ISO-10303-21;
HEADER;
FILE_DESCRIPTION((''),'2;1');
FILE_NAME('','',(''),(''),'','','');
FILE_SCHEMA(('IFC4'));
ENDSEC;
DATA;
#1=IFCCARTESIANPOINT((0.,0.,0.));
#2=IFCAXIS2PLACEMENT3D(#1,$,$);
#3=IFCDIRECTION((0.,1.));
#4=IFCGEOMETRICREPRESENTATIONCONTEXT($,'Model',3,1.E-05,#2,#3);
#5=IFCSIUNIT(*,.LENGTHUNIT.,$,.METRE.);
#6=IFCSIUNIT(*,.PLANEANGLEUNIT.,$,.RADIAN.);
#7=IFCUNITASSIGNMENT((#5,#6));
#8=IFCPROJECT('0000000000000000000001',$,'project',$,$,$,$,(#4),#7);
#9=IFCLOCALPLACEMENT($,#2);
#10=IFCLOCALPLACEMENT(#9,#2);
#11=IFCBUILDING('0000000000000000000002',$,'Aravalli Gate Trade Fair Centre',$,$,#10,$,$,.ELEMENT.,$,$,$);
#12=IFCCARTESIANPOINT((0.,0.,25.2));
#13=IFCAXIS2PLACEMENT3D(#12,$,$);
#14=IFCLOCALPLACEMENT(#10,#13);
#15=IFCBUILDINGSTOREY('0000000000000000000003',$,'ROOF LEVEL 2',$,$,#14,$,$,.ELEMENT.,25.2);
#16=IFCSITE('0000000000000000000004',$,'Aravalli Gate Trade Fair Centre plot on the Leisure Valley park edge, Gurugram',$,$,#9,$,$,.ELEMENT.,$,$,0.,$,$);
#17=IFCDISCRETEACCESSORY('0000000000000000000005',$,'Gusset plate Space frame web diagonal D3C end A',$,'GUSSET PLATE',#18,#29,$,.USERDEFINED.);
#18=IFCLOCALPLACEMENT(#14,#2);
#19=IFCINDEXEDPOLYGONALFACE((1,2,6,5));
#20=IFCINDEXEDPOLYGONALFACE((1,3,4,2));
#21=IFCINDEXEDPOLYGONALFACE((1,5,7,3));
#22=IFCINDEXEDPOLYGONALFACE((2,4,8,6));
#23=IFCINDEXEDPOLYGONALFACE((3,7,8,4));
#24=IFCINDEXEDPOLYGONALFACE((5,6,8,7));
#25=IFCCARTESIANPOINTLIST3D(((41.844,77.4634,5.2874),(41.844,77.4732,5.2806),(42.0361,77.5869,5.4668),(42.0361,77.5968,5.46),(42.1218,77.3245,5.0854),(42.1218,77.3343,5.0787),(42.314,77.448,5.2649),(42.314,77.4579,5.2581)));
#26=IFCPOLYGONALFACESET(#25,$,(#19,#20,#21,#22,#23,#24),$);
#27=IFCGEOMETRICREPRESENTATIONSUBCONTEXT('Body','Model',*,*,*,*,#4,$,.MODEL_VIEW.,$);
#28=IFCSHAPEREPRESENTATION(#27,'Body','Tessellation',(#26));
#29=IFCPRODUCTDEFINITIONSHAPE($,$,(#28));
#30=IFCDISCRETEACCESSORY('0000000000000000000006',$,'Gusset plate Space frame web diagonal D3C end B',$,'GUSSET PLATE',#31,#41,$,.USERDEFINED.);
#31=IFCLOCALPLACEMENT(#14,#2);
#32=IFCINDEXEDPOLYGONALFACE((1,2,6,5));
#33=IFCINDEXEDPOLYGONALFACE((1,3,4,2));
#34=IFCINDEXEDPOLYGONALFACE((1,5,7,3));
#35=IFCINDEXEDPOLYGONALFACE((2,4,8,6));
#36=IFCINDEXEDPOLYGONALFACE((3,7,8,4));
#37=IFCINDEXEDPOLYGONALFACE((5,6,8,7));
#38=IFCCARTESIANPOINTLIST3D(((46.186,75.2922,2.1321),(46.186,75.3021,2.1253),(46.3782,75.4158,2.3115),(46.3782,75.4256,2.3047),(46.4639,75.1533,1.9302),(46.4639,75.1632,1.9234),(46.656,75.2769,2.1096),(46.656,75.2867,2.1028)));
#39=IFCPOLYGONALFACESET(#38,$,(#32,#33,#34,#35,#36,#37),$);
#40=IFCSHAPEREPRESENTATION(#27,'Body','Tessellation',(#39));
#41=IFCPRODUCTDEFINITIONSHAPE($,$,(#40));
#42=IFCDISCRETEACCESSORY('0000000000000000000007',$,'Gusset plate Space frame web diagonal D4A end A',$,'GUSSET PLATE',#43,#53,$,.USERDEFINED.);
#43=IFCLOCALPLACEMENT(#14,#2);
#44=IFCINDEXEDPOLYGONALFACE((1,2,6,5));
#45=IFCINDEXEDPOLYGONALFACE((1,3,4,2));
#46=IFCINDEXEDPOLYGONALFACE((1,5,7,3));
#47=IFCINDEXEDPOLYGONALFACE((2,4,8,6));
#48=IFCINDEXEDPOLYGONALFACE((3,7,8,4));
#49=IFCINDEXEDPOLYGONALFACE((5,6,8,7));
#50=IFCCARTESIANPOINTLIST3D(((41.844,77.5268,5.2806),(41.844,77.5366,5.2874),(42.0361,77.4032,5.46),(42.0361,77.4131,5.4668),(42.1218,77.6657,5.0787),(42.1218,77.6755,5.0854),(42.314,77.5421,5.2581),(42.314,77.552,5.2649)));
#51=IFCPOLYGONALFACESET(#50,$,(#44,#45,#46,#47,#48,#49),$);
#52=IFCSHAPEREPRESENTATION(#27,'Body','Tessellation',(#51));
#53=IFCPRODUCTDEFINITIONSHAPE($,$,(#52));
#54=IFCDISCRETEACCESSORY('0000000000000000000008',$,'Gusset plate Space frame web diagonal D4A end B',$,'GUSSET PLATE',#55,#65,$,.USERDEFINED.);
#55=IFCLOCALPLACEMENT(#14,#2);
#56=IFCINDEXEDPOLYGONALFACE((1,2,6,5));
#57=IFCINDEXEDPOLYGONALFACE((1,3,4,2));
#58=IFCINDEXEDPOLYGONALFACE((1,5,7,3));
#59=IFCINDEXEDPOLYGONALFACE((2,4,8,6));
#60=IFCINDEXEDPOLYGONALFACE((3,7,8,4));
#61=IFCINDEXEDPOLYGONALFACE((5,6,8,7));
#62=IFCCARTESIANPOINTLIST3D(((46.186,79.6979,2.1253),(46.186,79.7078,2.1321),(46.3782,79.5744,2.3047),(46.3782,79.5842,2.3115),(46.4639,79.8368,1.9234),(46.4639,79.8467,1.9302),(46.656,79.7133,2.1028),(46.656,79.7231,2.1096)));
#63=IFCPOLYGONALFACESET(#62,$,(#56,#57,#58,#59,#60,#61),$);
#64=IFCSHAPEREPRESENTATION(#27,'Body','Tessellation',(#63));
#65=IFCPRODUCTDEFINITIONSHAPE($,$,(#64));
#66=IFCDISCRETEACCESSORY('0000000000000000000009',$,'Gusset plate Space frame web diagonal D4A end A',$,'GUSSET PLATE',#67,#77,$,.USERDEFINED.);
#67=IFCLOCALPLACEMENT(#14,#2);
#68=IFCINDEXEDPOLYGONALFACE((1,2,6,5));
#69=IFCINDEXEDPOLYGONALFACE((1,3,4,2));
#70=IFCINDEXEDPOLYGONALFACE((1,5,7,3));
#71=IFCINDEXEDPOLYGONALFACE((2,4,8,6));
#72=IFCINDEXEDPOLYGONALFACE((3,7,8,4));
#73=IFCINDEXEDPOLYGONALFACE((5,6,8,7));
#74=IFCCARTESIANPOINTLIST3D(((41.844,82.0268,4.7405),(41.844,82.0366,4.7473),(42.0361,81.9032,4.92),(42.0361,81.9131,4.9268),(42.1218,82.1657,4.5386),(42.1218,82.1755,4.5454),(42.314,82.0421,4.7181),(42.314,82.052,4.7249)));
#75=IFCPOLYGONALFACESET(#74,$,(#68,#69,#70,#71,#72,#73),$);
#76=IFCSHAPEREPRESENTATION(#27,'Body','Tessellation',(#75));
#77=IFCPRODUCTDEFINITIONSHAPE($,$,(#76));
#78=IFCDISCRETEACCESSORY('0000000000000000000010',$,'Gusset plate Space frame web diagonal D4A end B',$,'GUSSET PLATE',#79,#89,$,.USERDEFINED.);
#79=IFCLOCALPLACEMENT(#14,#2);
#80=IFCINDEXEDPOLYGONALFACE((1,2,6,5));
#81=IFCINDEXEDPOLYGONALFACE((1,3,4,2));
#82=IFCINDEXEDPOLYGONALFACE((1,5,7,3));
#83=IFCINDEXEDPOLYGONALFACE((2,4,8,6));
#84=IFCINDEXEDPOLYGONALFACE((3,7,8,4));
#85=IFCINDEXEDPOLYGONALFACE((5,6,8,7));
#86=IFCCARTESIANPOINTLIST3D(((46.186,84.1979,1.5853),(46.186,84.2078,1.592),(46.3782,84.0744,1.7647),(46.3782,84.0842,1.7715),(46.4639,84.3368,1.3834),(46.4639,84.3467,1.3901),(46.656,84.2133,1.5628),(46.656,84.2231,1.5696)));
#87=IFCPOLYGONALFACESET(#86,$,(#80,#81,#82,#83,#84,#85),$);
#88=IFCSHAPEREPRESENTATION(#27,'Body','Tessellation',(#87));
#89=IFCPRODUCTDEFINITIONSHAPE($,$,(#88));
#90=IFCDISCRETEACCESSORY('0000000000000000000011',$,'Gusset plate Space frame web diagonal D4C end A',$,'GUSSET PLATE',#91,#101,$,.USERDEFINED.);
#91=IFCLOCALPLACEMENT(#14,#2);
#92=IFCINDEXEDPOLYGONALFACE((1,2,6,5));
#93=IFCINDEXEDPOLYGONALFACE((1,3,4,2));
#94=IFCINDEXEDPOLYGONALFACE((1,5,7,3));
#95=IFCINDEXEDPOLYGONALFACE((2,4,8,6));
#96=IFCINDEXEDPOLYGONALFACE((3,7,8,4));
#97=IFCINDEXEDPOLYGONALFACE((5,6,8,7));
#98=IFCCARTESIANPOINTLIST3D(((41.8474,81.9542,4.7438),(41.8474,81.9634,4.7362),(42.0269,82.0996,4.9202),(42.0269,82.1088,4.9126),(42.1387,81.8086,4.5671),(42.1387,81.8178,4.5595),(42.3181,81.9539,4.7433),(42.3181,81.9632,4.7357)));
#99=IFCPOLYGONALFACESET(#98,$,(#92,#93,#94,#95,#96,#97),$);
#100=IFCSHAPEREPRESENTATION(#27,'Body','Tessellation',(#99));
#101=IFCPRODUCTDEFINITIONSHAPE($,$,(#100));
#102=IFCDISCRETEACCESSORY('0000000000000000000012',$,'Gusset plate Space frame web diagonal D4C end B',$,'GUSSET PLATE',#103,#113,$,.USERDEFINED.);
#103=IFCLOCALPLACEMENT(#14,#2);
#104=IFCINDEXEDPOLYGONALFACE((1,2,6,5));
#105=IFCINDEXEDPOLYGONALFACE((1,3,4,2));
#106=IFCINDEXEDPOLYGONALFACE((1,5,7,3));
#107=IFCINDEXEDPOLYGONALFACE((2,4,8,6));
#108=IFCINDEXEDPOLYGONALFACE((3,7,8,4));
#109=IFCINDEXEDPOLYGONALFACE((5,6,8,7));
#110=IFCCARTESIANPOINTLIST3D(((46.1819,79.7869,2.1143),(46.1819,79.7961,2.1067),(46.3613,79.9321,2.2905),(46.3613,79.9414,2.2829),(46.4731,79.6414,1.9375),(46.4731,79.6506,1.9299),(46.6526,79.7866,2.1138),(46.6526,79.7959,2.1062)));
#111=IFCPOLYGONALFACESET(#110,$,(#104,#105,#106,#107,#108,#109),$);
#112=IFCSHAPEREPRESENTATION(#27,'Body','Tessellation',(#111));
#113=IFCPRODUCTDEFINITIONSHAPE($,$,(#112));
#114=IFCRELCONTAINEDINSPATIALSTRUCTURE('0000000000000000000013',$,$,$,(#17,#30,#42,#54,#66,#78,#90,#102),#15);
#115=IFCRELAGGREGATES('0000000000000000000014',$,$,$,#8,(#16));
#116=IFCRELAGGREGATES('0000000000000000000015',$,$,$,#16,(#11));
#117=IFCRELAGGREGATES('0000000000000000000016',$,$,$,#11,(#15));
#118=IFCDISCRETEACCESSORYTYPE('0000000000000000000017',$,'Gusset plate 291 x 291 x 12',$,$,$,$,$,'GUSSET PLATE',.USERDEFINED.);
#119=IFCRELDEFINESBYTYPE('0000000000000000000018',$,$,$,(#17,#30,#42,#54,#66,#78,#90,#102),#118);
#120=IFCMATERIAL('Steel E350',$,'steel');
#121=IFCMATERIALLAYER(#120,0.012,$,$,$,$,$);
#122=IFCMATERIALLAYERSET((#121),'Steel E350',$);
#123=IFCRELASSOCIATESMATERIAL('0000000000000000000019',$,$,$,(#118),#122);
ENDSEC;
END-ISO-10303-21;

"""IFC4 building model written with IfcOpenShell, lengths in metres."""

from ifc_helpers import new_model, si_unit, direction, frame, origin, place, context, subcontext, project, spatial, polyline, outline, extrude, material, layer, layer_set, type_object, element, save


model = new_model("IFC4")

# Units and contexts
model_context = context("Model", 3, precision=1e-05, world=origin(), true_north=direction((0.0, 1.0)))
body_context = subcontext(model_context, "Body", "Model", "MODEL_VIEW")
ifc_project = project(units=[si_unit("LENGTHUNIT", "METRE"), si_unit("PLANEANGLEUNIT", "RADIAN")], contexts=[model_context])

# Site, building, storey
site_placement = place(None, origin())
site = spatial("IfcSite", under=ifc_project, at=site_placement, Name="Aravalli Gate Trade Fair Centre plot on the Leisure Valley park edge, Gurugram", CompositionType="ELEMENT", RefElevation=0.0)
building_placement = place(site_placement, origin())
building = spatial("IfcBuilding", under=site, at=building_placement, Name="Aravalli Gate Trade Fair Centre", CompositionType="ELEMENT")
storey_placement = place(building_placement, frame((0.0, 0.0, 25.2)))
storey = spatial("IfcBuildingStorey", under=building, at=storey_placement, Name="ROOF LEVEL 2", CompositionType="ELEMENT", Elevation=25.2)

# Shared definitions
ifc_material_1 = material(Name="Steel E350", Category="steel")

# Discrete accessories
ifc_layer_1 = layer(ifc_material_1, 0.012)
ifc_layer_set_1 = layer_set([ifc_layer_1], Name="Steel E350")
discrete_accessory_type = type_object("IfcDiscreteAccessoryType", Name="Gusset plate 291 x 291 x 12", ElementType="GUSSET PLATE", PredefinedType="USERDEFINED", material=ifc_layer_set_1)
discrete_accessory_1_placement = place(storey_placement, frame((42.1218, 77.3245, 5.0854), z_axis=(0.000137, -0.82375, 0.566952), x_axis=(-0.749929, 0.374965, 0.544984)))
element("IfcDiscreteAccessory", 1, at=discrete_accessory_1_placement, inside=storey, type_object=discrete_accessory_type, Name="Gusset plate Space frame web diagonal D3C end A", ObjectType="GUSSET PLATE", PredefinedType="USERDEFINED", context=body_context, shape_type="SweptSolid", body=[
    extrude(outline(polyline([(0.0, 0.0), (0.3705, 0.0), (0.3705, -0.2905), (0.0, -0.2905), (0.0, 0.0)])), origin(), (0.0, 0.0, -1.0), 0.012),
])
discrete_accessory_2_placement = place(storey_placement, frame((46.186, 75.2922, 2.1321), z_axis=(0.000137, -0.82375, 0.566952), x_axis=(0.749929, -0.374965, -0.544984)))
element("IfcDiscreteAccessory", 2, at=discrete_accessory_2_placement, inside=storey, type_object=discrete_accessory_type, Name="Gusset plate Space frame web diagonal D3C end B", ObjectType="GUSSET PLATE", PredefinedType="USERDEFINED", context=body_context, shape_type="SweptSolid", body=[
    extrude(outline(polyline([(0.0, 0.0), (0.3705, 0.0), (0.3705, 0.2905), (0.0, 0.2905), (0.0, 0.0)])), origin(), (0.0, 0.0, -1.0), 0.012),
])
discrete_accessory_3_placement = place(storey_placement, frame((42.1218, 77.6755, 5.0854), z_axis=(0.000137, 0.82375, 0.566952), x_axis=(-0.749929, -0.374965, 0.544984)))
element("IfcDiscreteAccessory", 3, at=discrete_accessory_3_placement, inside=storey, type_object=discrete_accessory_type, Name="Gusset plate Space frame web diagonal D4A end A", ObjectType="GUSSET PLATE", PredefinedType="USERDEFINED", context=body_context, shape_type="SweptSolid", body=[
    extrude(outline(polyline([(0.0, 0.0), (0.3705, 0.0), (0.3705, 0.2905), (0.0, 0.2905), (0.0, 0.0)])), origin(), (0.0, 0.0, -1.0), 0.012),
])
discrete_accessory_4_placement = place(storey_placement, frame((46.186, 79.7078, 2.1321), z_axis=(0.000137, 0.82375, 0.566952), x_axis=(0.749929, 0.374965, -0.544984)))
element("IfcDiscreteAccessory", 4, at=discrete_accessory_4_placement, inside=storey, type_object=discrete_accessory_type, Name="Gusset plate Space frame web diagonal D4A end B", ObjectType="GUSSET PLATE", PredefinedType="USERDEFINED", context=body_context, shape_type="SweptSolid", body=[
    extrude(outline(polyline([(0.0, 0.0), (0.3705, 0.0), (0.3705, -0.2905), (0.0, -0.2905), (0.0, 0.0)])), origin(), (0.0, 0.0, -1.0), 0.012),
])
discrete_accessory_5_placement = place(storey_placement, frame((42.1218, 82.1755, 4.5454), z_axis=(0.000137, 0.82375, 0.566952), x_axis=(-0.749929, -0.374965, 0.544984)))
element("IfcDiscreteAccessory", 5, at=discrete_accessory_5_placement, inside=storey, type_object=discrete_accessory_type, Name="Gusset plate Space frame web diagonal D4A end A", ObjectType="GUSSET PLATE", PredefinedType="USERDEFINED", context=body_context, shape_type="SweptSolid", body=[
    extrude(outline(polyline([(0.0, 0.0), (0.3705, 0.0), (0.3705, 0.2905), (0.0, 0.2905), (0.0, 0.0)])), origin(), (0.0, 0.0, -1.0), 0.012),
])
discrete_accessory_6_placement = place(storey_placement, frame((46.186, 84.2078, 1.592), z_axis=(0.000137, 0.82375, 0.566952), x_axis=(0.749929, 0.374965, -0.544984)))
element("IfcDiscreteAccessory", 6, at=discrete_accessory_6_placement, inside=storey, type_object=discrete_accessory_type, Name="Gusset plate Space frame web diagonal D4A end B", ObjectType="GUSSET PLATE", PredefinedType="USERDEFINED", context=body_context, shape_type="SweptSolid", body=[
    extrude(outline(polyline([(0.0, 0.0), (0.3705, 0.0), (0.3705, -0.2905), (0.0, -0.2905), (0.0, 0.0)])), origin(), (0.0, 0.0, -1.0), 0.012),
])
discrete_accessory_7_placement = place(storey_placement, frame((42.1387, 81.8086, 4.5671), z_axis=(0.00026, -0.771582, 0.63613), x_axis=(-0.78619, 0.392962, 0.476956)))
element("IfcDiscreteAccessory", 7, at=discrete_accessory_7_placement, inside=storey, type_object=discrete_accessory_type, Name="Gusset plate Space frame web diagonal D4C end A", ObjectType="GUSSET PLATE", PredefinedType="USERDEFINED", context=body_context, shape_type="SweptSolid", body=[
    extrude(outline(polyline([(0.0, 0.0), (0.3705, 0.0), (0.3706, -0.2906), (0.0001, -0.2905), (0.0, 0.0)])), origin(), (0.0, 0.0, -1.0), 0.012),
])
discrete_accessory_8_placement = place(storey_placement, frame((46.1819, 79.7869, 2.1143), z_axis=(0.000259, -0.771844, 0.635812), x_axis=(0.78619, -0.392765, -0.477118)))
element("IfcDiscreteAccessory", 8, at=discrete_accessory_8_placement, inside=storey, type_object=discrete_accessory_type, Name="Gusset plate Space frame web diagonal D4C end B", ObjectType="GUSSET PLATE", PredefinedType="USERDEFINED", context=body_context, shape_type="SweptSolid", body=[
    extrude(outline(polyline([(0.0, 0.0), (0.3705, 0.0), (0.3704, 0.2905), (-0.0001, 0.2905), (0.0, 0.0)])), origin(), (0.0, 0.0, -1.0), 0.012),
])

save(model, "model.ifc")
